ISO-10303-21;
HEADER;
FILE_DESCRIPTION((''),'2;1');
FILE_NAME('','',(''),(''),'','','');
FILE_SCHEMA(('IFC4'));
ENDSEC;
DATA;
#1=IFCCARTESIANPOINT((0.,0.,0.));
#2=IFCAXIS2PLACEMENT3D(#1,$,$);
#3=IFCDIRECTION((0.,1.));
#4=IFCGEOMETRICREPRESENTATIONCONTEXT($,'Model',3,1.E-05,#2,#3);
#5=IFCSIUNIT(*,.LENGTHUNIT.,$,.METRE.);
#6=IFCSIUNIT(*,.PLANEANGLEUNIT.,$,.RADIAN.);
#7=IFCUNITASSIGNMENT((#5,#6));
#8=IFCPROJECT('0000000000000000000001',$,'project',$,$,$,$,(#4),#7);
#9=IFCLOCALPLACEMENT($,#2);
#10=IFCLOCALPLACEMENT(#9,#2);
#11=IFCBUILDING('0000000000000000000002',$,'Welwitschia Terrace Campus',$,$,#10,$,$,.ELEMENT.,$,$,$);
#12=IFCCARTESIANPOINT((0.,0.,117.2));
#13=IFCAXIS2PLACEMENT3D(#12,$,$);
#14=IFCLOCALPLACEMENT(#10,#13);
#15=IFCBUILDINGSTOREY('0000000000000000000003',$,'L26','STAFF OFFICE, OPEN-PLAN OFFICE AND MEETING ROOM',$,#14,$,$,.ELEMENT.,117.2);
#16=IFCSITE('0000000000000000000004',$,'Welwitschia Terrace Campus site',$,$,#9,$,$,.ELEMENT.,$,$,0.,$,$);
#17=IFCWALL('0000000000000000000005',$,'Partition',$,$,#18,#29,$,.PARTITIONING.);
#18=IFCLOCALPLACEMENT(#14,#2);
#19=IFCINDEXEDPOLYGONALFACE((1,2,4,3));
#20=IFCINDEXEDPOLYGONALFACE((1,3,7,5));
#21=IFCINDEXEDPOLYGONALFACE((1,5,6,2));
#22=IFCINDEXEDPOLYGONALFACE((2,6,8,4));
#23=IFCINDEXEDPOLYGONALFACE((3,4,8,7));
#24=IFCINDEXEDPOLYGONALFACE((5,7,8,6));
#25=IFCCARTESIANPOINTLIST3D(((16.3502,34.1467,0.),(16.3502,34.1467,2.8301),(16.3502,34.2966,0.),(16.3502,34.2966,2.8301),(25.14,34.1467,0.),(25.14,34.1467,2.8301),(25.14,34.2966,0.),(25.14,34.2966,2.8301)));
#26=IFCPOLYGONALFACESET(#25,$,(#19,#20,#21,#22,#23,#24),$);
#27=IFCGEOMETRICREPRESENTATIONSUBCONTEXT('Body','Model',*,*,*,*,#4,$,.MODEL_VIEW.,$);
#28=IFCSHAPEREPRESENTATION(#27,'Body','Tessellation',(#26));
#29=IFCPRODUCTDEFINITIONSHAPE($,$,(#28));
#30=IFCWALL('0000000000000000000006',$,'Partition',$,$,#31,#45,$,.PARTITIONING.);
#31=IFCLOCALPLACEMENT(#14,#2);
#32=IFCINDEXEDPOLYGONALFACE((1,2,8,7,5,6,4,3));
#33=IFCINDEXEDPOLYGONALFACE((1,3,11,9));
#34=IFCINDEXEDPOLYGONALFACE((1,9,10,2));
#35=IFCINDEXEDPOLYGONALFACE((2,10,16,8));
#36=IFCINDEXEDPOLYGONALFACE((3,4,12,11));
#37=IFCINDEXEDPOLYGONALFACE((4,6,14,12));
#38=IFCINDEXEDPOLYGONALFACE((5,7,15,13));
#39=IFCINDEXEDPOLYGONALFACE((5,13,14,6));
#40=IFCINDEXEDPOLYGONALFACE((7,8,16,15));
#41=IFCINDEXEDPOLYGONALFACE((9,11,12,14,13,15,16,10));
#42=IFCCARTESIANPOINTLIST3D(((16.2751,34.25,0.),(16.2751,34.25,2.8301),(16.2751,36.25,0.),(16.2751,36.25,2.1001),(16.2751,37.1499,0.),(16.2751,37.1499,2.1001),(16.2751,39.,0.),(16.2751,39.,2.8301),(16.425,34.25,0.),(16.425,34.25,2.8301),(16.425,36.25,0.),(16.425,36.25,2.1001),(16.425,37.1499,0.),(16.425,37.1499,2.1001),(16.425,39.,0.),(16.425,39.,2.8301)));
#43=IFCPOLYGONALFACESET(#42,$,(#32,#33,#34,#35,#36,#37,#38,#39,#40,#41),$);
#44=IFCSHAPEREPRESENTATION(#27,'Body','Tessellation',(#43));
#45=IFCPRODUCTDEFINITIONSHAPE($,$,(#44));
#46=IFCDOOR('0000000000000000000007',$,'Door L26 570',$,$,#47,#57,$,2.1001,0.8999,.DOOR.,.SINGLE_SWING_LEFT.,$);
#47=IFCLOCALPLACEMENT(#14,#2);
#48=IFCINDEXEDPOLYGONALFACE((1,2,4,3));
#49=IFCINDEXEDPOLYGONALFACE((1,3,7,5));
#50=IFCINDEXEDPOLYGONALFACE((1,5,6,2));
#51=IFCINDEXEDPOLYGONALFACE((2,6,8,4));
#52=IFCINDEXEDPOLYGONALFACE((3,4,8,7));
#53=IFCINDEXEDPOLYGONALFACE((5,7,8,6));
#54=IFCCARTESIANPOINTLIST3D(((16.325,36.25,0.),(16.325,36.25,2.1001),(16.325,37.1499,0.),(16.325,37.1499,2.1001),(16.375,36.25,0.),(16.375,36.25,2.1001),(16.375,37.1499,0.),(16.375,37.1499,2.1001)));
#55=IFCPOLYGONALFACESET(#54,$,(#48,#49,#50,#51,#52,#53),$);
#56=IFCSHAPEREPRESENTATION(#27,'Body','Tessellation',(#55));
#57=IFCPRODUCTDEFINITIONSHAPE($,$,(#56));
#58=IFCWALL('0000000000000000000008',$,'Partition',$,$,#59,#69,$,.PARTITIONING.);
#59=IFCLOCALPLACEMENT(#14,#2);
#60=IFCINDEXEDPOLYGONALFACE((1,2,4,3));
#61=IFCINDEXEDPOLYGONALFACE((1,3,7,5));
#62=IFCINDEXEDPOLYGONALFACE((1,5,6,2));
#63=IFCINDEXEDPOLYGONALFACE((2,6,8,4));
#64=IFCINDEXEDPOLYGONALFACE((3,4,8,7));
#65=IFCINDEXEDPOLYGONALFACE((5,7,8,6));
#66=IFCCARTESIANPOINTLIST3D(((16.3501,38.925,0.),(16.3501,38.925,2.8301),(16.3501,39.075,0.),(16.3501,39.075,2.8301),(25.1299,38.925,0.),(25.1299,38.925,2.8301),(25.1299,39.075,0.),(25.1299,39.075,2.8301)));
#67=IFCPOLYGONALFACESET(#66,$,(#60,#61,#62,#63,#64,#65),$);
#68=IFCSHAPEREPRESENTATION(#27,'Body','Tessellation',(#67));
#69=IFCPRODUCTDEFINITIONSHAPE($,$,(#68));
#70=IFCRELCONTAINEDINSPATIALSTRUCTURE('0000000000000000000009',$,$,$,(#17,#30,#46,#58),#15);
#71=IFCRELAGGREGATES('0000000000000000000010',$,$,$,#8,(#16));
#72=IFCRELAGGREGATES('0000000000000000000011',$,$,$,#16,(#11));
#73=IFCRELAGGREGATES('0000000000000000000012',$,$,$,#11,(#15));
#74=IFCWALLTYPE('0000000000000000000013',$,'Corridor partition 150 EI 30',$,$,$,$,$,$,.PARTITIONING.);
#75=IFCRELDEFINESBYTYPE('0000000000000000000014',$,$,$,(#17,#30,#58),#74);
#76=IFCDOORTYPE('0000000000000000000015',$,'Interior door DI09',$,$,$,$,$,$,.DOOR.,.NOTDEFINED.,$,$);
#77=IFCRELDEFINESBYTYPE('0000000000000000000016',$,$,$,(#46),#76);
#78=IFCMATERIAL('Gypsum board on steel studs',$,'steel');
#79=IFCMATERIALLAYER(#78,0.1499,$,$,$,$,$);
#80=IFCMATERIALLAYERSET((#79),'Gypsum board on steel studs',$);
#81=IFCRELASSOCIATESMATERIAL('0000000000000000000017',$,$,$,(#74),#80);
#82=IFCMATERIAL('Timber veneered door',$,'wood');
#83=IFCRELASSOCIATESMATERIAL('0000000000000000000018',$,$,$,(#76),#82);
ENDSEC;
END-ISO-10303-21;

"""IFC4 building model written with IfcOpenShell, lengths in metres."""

from ifc_helpers import new_model, si_unit, direction, frame, frame_2d, origin, place, context, subcontext, project, spatial, rectangle, extrude, material, layer, layer_set, type_object, element, fill, save


model = new_model("IFC4")

# Units and contexts
model_context = context("Model", 3, precision=1e-05, world=origin(), true_north=direction((0.0, 1.0)))
body_context = subcontext(model_context, "Body", "Model", "MODEL_VIEW")
ifc_project = project(units=[si_unit("LENGTHUNIT", "METRE"), si_unit("PLANEANGLEUNIT", "RADIAN")], contexts=[model_context])

# Site, building, storey
site_placement = place(None, origin())
site = spatial("IfcSite", under=ifc_project, at=site_placement, Name="Welwitschia Terrace Campus site", CompositionType="ELEMENT", RefElevation=0.0)
building_placement = place(site_placement, origin())
building = spatial("IfcBuilding", under=site, at=building_placement, Name="Welwitschia Terrace Campus", CompositionType="ELEMENT")
storey_placement = place(building_placement, frame((0.0, 0.0, 117.2)))
storey = spatial("IfcBuildingStorey", under=building, at=storey_placement, Name="L26", Description="STAFF OFFICE, OPEN-PLAN OFFICE AND MEETING ROOM", CompositionType="ELEMENT", Elevation=117.2)

# Shared definitions
ifc_material_1 = material(Name="Gypsum board on steel studs", Category="steel")
ifc_layer_1 = layer(ifc_material_1, 0.1499)
ifc_layer_set_1 = layer_set([ifc_layer_1], Name="Gypsum board on steel studs")
wall_type = type_object("IfcWallType", Name="Corridor partition 150 EI 30", PredefinedType="PARTITIONING", material=ifc_layer_set_1)

# Shared definitions
ifc_material_2 = material(Name="Timber veneered door", Category="wood")
door_type_1 = type_object("IfcDoorType", Name="Interior door DI09", OperationType="NOTDEFINED", PredefinedType="DOOR", material=ifc_material_2)

# Wall
wall_1_placement = place(storey_placement, frame((16.3501, 34.2217, 0.0), z_axis=(0.0, 0.0, 1.0), x_axis=(1.0, 0.0, 0.0)))
element("IfcWall", 1, at=wall_1_placement, inside=storey, type_object=wall_type, Name="Partition", PredefinedType="PARTITIONING", context=body_context, shape_type="SweptSolid", body=[
    extrude(rectangle(XDim=8.7898, YDim=0.1499, at=frame_2d((4.395, 0.0))), origin(), (0.0, 0.0, 1.0), 2.8301),
])

# Wall, opening, door
wall_2_placement = place(storey_placement, frame((16.3501, 39.0, 0.0), z_axis=(0.0, 0.0, 1.0), x_axis=(0.0, -1.0, 0.0)))
wall_2 = element("IfcWall", 2, at=wall_2_placement, inside=storey, type_object=wall_type, Name="Partition", PredefinedType="PARTITIONING", context=body_context, shape_type="SweptSolid", body=[
    extrude(rectangle(XDim=4.75, YDim=0.1499, at=frame_2d((2.375, 0.0))), origin(), (0.0, 0.0, 1.0), 2.8301),
])
opening_1_placement = place(wall_2_placement, frame((1.8501, 0.0, 0.0)))
opening_1 = element("IfcOpeningElement", 3, at=opening_1_placement, cuts=wall_2, PredefinedType="OPENING", context=body_context, shape_type="SweptSolid", body=[
    extrude(rectangle(XDim=0.8999, YDim=2.1001, at=frame_2d((0.45, 1.05))), frame((0.0, 0.085, 0.0), z_axis=(0.0, -1.0, 0.0), x_axis=(1.0, 0.0, 0.0)), (0.0, 0.0, 1.0), 0.1699),
])
door_1_placement = place(opening_1_placement, origin())
door_1 = element("IfcDoor", 4, at=door_1_placement, inside=storey, type_object=door_type_1, Name="Door L26 570", OperationType="SINGLE_SWING_LEFT", OverallHeight=2.1001, OverallWidth=0.8999, PredefinedType="DOOR", context=body_context, shape_type="SweptSolid", body=[
    extrude(rectangle(XDim=0.8999, YDim=2.1001, at=frame_2d((0.45, 1.05))), frame((0.0, 0.0249, 0.0), z_axis=(0.0, -1.0, 0.0), x_axis=(1.0, 0.0, 0.0)), (0.0, 0.0, 1.0), 0.05),
])
fill(opening_1, door_1)

# Wall
wall_3_placement = place(storey_placement, frame((16.3501, 39.0, 0.0), z_axis=(0.0, 0.0, 1.0), x_axis=(1.0, 0.0, 0.0)))
element("IfcWall", 5, at=wall_3_placement, inside=storey, type_object=wall_type, Name="Partition", PredefinedType="PARTITIONING", context=body_context, shape_type="SweptSolid", body=[
    extrude(rectangle(XDim=8.7798, YDim=0.1499, at=frame_2d((4.3899, 0.0))), origin(), (0.0, 0.0, 1.0), 2.8301),
])

save(model, "model.ifc")
